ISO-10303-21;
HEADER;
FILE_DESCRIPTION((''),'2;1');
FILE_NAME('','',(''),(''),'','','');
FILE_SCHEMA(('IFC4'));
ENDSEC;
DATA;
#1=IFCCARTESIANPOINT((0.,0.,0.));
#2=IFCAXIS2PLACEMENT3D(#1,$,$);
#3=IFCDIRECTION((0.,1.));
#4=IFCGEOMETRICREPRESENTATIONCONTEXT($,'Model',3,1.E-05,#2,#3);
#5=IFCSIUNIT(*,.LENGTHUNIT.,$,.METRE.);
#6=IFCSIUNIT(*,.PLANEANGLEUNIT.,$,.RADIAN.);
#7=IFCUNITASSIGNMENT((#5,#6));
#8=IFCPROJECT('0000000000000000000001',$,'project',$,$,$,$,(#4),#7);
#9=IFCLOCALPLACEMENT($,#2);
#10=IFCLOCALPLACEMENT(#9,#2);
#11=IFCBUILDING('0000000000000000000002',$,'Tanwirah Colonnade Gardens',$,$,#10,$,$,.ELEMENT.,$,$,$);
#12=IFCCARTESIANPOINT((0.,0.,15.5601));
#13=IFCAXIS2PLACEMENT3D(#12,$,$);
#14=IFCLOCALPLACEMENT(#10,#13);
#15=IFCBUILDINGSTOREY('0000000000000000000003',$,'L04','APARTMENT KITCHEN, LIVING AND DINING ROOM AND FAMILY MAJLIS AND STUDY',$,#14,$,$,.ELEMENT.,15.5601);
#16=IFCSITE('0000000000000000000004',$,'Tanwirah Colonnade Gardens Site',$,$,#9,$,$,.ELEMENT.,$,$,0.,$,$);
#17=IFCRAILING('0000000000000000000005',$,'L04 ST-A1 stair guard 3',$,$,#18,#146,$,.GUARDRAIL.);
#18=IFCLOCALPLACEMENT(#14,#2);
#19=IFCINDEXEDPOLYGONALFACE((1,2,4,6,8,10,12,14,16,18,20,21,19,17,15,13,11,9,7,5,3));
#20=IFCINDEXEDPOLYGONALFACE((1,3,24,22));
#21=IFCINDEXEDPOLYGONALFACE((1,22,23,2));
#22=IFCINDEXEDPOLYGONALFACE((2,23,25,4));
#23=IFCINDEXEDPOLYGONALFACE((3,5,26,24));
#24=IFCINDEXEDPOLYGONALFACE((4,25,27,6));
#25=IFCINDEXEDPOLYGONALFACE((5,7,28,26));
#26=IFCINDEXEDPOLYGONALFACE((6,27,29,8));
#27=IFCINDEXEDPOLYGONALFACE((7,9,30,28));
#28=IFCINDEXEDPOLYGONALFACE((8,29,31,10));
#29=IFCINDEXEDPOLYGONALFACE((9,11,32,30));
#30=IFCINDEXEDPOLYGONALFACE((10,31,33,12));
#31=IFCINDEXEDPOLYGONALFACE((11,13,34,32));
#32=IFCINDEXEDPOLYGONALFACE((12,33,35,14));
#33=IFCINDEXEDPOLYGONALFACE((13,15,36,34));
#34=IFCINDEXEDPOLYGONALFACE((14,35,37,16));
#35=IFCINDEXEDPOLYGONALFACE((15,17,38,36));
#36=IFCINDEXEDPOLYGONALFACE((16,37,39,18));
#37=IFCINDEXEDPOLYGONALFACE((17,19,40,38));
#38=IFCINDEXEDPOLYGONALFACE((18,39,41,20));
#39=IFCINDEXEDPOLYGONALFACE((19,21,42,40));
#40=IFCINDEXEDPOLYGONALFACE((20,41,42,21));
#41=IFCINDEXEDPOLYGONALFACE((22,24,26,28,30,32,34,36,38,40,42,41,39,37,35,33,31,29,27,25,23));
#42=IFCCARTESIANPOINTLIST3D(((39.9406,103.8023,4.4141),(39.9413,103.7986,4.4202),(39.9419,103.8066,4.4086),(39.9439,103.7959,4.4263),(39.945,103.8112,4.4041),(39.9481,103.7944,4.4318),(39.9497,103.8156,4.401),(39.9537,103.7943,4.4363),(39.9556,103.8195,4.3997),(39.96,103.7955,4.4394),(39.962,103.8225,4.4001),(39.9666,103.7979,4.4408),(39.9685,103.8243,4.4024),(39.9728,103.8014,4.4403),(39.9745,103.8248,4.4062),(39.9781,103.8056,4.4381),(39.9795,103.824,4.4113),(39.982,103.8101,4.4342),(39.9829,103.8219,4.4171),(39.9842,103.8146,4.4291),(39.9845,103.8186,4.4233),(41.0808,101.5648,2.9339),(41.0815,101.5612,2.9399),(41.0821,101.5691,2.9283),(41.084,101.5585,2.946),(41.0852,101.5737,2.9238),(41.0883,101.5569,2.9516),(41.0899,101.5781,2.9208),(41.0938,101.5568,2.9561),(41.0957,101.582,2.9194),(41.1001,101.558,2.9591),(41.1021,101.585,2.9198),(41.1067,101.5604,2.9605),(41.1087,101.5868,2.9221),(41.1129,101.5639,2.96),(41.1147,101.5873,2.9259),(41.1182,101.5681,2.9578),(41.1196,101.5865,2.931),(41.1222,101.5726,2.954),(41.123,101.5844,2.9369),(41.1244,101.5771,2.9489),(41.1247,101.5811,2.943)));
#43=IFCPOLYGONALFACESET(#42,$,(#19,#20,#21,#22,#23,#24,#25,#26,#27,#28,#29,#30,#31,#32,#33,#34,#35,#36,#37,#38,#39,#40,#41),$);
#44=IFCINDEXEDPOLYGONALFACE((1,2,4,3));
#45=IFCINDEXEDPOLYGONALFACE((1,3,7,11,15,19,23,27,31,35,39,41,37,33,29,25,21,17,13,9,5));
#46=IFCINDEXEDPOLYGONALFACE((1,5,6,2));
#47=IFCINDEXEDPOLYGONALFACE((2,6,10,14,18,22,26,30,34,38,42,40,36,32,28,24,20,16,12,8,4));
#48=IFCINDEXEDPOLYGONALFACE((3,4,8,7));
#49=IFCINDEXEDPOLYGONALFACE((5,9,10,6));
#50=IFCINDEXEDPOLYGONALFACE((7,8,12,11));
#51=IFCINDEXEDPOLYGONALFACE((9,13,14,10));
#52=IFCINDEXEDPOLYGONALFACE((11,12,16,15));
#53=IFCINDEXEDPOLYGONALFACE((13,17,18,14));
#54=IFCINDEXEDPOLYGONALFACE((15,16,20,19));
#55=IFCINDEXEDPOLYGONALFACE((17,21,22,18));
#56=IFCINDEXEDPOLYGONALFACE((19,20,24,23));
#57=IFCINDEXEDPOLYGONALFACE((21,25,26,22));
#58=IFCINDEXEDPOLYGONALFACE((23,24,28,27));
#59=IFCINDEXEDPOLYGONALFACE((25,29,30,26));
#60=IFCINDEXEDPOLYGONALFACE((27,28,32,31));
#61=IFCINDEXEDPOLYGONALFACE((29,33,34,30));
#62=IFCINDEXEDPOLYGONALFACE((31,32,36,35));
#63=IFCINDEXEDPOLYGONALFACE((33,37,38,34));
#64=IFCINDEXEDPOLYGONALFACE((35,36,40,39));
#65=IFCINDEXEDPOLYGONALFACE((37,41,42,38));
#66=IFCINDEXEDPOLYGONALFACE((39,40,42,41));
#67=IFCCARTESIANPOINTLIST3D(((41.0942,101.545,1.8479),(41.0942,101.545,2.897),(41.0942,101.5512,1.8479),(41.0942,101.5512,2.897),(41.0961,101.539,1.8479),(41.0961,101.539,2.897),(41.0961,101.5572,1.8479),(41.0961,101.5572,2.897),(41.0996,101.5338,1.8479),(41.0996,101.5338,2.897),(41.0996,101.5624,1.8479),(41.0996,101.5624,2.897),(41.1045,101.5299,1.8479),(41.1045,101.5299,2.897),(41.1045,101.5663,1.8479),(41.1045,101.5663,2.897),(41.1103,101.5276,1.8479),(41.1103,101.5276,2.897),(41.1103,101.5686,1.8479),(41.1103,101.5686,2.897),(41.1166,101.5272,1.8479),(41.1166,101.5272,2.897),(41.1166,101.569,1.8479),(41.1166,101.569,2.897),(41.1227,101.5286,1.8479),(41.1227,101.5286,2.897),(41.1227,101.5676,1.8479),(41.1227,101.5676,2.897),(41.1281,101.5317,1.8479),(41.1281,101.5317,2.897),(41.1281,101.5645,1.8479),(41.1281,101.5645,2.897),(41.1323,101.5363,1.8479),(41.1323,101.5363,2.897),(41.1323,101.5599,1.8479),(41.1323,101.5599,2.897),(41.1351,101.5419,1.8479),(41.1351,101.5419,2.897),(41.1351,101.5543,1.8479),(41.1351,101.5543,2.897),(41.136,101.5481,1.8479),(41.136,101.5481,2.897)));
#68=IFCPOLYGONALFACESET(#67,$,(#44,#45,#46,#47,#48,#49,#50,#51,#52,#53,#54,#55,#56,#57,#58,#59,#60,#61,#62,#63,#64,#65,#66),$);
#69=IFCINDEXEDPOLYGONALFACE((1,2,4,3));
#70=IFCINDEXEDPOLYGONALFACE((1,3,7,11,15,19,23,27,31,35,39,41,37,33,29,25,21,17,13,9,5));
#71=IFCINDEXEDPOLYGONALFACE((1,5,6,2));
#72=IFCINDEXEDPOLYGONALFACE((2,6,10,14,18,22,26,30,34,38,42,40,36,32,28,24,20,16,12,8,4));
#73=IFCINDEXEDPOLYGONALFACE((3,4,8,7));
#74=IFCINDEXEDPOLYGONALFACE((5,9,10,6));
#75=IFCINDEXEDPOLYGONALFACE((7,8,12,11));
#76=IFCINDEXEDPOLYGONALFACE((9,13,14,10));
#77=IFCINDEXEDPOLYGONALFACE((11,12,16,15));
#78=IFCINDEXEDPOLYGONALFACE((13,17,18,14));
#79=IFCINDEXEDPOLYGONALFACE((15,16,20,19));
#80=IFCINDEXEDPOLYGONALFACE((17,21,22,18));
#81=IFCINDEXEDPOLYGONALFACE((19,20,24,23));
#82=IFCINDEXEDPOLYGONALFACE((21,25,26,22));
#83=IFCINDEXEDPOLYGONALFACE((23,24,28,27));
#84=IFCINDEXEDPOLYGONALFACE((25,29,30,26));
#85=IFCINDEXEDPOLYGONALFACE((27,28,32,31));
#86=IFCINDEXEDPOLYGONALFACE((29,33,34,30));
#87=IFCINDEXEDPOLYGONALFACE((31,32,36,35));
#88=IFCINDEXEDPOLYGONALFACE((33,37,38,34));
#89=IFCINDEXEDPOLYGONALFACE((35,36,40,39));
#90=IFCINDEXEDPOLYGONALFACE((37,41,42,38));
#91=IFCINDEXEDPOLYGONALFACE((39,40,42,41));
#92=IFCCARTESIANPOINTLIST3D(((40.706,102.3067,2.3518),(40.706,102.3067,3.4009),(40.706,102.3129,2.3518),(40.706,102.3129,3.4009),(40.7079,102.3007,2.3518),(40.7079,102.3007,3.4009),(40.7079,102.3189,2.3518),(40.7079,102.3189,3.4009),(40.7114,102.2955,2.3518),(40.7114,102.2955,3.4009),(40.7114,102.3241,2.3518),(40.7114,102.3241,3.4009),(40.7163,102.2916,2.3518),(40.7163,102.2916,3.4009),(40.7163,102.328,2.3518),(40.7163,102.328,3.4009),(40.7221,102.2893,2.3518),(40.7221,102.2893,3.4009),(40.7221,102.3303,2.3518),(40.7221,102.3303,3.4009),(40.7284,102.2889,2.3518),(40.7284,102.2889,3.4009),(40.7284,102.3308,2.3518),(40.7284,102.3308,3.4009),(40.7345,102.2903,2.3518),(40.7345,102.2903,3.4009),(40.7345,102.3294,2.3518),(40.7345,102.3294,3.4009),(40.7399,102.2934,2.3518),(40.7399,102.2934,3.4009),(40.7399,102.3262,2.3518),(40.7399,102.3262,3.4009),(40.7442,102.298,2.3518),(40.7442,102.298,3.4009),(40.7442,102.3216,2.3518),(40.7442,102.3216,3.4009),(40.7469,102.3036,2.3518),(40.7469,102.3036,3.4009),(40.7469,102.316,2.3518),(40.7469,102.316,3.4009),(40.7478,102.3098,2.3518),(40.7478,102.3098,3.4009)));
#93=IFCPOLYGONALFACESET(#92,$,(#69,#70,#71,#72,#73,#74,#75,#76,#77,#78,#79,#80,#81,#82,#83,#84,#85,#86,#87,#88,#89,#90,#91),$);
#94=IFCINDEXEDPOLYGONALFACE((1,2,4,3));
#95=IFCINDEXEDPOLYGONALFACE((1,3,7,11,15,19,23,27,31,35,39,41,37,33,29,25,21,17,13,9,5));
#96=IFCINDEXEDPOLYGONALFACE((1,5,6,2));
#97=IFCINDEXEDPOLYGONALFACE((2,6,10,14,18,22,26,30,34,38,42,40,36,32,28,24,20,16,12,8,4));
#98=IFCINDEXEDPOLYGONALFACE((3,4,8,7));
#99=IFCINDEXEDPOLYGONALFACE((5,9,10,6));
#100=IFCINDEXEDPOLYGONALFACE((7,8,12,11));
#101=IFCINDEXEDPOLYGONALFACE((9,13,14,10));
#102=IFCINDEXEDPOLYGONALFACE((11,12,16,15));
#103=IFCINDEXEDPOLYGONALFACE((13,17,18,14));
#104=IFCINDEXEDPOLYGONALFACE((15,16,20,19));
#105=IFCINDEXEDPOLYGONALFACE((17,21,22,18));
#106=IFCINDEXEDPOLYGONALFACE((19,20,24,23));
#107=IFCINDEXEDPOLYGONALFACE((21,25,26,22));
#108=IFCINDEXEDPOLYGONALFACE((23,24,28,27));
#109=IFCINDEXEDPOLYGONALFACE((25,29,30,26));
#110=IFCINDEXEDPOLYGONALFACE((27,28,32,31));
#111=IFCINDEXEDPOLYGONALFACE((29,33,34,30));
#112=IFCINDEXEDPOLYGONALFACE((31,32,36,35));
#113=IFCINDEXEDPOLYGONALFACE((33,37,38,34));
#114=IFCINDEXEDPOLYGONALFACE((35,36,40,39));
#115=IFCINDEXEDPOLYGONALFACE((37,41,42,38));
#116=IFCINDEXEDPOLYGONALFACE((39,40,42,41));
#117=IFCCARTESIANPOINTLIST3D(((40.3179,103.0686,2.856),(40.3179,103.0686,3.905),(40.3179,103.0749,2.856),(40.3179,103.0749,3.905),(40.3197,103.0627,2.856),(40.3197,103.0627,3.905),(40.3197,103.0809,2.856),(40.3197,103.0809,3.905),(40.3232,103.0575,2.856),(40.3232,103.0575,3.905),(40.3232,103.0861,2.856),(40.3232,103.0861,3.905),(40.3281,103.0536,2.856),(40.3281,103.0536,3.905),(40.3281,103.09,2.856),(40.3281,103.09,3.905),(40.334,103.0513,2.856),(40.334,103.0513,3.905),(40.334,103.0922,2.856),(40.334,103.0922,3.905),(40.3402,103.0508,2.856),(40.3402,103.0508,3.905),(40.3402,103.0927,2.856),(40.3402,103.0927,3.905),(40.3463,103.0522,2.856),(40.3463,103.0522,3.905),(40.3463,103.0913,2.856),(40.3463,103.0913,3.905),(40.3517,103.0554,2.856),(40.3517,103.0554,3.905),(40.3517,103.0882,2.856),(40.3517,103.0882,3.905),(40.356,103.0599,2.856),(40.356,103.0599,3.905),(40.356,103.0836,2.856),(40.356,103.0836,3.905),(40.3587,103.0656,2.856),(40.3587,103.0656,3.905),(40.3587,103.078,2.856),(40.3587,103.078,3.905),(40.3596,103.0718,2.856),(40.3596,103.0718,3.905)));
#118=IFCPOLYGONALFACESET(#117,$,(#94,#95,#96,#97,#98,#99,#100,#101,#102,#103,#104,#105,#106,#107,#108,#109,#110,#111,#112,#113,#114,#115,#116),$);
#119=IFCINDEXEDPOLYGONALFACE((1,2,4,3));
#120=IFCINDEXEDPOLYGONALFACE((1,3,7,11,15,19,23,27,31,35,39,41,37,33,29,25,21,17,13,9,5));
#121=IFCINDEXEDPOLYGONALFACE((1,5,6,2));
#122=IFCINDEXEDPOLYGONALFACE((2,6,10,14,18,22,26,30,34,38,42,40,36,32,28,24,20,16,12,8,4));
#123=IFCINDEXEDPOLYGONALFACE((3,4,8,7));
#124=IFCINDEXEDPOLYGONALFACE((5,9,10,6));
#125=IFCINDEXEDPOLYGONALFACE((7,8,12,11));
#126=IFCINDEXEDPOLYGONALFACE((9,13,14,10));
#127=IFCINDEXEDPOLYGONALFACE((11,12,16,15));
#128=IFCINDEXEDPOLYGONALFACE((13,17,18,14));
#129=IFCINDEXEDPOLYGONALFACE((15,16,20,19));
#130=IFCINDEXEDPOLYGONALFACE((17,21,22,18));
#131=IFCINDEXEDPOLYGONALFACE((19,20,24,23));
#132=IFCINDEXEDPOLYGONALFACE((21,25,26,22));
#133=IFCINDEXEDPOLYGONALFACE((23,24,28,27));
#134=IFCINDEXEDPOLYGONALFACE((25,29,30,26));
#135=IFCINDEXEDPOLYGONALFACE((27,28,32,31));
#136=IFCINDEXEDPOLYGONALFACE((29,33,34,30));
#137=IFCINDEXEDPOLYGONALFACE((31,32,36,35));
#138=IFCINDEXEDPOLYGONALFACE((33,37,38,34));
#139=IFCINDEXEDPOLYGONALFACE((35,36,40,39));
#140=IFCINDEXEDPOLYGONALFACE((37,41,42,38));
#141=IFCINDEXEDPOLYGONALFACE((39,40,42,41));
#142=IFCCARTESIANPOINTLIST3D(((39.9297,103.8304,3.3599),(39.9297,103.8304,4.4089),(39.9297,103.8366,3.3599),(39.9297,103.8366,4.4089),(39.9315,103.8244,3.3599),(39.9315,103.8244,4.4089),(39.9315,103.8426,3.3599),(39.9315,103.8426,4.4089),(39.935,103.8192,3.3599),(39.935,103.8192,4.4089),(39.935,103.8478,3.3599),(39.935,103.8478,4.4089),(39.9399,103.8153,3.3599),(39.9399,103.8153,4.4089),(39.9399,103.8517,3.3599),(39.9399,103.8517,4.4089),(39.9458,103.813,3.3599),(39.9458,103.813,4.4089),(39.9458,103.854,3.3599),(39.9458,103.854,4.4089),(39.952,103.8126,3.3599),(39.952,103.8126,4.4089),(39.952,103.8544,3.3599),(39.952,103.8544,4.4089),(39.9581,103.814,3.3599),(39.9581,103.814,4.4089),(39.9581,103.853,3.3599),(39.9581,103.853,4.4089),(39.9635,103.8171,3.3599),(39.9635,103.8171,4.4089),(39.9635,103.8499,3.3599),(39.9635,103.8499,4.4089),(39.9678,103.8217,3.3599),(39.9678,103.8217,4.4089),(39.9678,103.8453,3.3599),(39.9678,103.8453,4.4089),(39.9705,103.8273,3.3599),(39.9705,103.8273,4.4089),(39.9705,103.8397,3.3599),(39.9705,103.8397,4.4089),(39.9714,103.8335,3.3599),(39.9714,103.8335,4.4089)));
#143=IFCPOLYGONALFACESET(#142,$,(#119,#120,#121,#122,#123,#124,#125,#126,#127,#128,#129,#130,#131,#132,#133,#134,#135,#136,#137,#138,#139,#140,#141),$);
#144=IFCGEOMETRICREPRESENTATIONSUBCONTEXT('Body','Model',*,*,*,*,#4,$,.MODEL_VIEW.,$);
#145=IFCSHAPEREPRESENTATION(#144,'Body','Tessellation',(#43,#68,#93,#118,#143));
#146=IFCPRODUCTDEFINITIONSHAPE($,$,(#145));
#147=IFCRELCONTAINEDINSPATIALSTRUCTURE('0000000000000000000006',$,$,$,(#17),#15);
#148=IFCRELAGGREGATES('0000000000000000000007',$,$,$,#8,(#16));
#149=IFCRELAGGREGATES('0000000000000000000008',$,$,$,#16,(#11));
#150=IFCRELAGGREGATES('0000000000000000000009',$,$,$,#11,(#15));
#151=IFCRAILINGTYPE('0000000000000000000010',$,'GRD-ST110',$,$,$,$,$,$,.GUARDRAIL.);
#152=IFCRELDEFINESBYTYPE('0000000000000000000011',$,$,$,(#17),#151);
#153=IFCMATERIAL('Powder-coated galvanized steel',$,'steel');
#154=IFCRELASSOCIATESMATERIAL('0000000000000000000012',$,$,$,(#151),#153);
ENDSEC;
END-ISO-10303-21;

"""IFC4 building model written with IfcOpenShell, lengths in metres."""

from ifc_helpers import new_model, si_unit, direction, frame, origin, origin_2d, place, context, subcontext, project, spatial, circle, extrude, material, type_object, element, save


model = new_model("IFC4")

# Units and contexts
model_context = context("Model", 3, precision=1e-05, world=origin(), true_north=direction((0.0, 1.0)))
body_context = subcontext(model_context, "Body", "Model", "MODEL_VIEW")
ifc_project = project(units=[si_unit("LENGTHUNIT", "METRE"), si_unit("PLANEANGLEUNIT", "RADIAN")], contexts=[model_context])

# Site, building, storey
site_placement = place(None, origin())
site = spatial("IfcSite", under=ifc_project, at=site_placement, Name="Tanwirah Colonnade Gardens Site", CompositionType="ELEMENT", RefElevation=0.0)
building_placement = place(site_placement, origin())
building = spatial("IfcBuilding", under=site, at=building_placement, Name="Tanwirah Colonnade Gardens", CompositionType="ELEMENT")
storey_placement = place(building_placement, frame((0.0, 0.0, 15.5601)))
storey = spatial("IfcBuildingStorey", under=building, at=storey_placement, Name="L04", Description="APARTMENT KITCHEN, LIVING AND DINING ROOM AND FAMILY MAJLIS AND STUDY", CompositionType="ELEMENT", Elevation=15.5601)

# Railing
ifc_material_1 = material(Name="Powder-coated galvanized steel", Category="steel")
railing_type_1 = type_object("IfcRailingType", Name="GRD-ST110", PredefinedType="GUARDRAIL", material=ifc_material_1)
railing_1_placement = place(storey_placement, frame((41.115, 101.5481, 1.8479)))
element("IfcRailing", 1, at=railing_1_placement, inside=storey, type_object=railing_type_1, Name="L04 ST-A1 stair guard 3", PredefinedType="GUARDRAIL", context=body_context, shape_type="SweptSolid", body=[
    extrude(circle(Radius=0.0239, at=origin_2d()), frame((-0.0122, 0.0239, 1.092), z_axis=(-0.391122, 0.767567, 0.507803), x_axis=(-0.890994, -0.454016, 0.0)), (0.0, 0.0, 1.0), 2.915),
    extrude(circle(Radius=0.021, at=origin_2d()), origin(), (0.0, 0.0, 1.0), 1.0491),
    extrude(circle(Radius=0.021, at=origin_2d()), frame((-0.3882, 0.7617, 0.5039)), (0.0, 0.0, 1.0), 1.0491),
    extrude(circle(Radius=0.021, at=origin_2d()), frame((-0.7764, 1.5237, 1.0081)), (0.0, 0.0, 1.0), 1.0491),
    extrude(circle(Radius=0.021, at=origin_2d()), frame((-1.1646, 2.2854, 1.512)), (0.0, 0.0, 1.0), 1.0491),
])

save(model, "model.ifc")
